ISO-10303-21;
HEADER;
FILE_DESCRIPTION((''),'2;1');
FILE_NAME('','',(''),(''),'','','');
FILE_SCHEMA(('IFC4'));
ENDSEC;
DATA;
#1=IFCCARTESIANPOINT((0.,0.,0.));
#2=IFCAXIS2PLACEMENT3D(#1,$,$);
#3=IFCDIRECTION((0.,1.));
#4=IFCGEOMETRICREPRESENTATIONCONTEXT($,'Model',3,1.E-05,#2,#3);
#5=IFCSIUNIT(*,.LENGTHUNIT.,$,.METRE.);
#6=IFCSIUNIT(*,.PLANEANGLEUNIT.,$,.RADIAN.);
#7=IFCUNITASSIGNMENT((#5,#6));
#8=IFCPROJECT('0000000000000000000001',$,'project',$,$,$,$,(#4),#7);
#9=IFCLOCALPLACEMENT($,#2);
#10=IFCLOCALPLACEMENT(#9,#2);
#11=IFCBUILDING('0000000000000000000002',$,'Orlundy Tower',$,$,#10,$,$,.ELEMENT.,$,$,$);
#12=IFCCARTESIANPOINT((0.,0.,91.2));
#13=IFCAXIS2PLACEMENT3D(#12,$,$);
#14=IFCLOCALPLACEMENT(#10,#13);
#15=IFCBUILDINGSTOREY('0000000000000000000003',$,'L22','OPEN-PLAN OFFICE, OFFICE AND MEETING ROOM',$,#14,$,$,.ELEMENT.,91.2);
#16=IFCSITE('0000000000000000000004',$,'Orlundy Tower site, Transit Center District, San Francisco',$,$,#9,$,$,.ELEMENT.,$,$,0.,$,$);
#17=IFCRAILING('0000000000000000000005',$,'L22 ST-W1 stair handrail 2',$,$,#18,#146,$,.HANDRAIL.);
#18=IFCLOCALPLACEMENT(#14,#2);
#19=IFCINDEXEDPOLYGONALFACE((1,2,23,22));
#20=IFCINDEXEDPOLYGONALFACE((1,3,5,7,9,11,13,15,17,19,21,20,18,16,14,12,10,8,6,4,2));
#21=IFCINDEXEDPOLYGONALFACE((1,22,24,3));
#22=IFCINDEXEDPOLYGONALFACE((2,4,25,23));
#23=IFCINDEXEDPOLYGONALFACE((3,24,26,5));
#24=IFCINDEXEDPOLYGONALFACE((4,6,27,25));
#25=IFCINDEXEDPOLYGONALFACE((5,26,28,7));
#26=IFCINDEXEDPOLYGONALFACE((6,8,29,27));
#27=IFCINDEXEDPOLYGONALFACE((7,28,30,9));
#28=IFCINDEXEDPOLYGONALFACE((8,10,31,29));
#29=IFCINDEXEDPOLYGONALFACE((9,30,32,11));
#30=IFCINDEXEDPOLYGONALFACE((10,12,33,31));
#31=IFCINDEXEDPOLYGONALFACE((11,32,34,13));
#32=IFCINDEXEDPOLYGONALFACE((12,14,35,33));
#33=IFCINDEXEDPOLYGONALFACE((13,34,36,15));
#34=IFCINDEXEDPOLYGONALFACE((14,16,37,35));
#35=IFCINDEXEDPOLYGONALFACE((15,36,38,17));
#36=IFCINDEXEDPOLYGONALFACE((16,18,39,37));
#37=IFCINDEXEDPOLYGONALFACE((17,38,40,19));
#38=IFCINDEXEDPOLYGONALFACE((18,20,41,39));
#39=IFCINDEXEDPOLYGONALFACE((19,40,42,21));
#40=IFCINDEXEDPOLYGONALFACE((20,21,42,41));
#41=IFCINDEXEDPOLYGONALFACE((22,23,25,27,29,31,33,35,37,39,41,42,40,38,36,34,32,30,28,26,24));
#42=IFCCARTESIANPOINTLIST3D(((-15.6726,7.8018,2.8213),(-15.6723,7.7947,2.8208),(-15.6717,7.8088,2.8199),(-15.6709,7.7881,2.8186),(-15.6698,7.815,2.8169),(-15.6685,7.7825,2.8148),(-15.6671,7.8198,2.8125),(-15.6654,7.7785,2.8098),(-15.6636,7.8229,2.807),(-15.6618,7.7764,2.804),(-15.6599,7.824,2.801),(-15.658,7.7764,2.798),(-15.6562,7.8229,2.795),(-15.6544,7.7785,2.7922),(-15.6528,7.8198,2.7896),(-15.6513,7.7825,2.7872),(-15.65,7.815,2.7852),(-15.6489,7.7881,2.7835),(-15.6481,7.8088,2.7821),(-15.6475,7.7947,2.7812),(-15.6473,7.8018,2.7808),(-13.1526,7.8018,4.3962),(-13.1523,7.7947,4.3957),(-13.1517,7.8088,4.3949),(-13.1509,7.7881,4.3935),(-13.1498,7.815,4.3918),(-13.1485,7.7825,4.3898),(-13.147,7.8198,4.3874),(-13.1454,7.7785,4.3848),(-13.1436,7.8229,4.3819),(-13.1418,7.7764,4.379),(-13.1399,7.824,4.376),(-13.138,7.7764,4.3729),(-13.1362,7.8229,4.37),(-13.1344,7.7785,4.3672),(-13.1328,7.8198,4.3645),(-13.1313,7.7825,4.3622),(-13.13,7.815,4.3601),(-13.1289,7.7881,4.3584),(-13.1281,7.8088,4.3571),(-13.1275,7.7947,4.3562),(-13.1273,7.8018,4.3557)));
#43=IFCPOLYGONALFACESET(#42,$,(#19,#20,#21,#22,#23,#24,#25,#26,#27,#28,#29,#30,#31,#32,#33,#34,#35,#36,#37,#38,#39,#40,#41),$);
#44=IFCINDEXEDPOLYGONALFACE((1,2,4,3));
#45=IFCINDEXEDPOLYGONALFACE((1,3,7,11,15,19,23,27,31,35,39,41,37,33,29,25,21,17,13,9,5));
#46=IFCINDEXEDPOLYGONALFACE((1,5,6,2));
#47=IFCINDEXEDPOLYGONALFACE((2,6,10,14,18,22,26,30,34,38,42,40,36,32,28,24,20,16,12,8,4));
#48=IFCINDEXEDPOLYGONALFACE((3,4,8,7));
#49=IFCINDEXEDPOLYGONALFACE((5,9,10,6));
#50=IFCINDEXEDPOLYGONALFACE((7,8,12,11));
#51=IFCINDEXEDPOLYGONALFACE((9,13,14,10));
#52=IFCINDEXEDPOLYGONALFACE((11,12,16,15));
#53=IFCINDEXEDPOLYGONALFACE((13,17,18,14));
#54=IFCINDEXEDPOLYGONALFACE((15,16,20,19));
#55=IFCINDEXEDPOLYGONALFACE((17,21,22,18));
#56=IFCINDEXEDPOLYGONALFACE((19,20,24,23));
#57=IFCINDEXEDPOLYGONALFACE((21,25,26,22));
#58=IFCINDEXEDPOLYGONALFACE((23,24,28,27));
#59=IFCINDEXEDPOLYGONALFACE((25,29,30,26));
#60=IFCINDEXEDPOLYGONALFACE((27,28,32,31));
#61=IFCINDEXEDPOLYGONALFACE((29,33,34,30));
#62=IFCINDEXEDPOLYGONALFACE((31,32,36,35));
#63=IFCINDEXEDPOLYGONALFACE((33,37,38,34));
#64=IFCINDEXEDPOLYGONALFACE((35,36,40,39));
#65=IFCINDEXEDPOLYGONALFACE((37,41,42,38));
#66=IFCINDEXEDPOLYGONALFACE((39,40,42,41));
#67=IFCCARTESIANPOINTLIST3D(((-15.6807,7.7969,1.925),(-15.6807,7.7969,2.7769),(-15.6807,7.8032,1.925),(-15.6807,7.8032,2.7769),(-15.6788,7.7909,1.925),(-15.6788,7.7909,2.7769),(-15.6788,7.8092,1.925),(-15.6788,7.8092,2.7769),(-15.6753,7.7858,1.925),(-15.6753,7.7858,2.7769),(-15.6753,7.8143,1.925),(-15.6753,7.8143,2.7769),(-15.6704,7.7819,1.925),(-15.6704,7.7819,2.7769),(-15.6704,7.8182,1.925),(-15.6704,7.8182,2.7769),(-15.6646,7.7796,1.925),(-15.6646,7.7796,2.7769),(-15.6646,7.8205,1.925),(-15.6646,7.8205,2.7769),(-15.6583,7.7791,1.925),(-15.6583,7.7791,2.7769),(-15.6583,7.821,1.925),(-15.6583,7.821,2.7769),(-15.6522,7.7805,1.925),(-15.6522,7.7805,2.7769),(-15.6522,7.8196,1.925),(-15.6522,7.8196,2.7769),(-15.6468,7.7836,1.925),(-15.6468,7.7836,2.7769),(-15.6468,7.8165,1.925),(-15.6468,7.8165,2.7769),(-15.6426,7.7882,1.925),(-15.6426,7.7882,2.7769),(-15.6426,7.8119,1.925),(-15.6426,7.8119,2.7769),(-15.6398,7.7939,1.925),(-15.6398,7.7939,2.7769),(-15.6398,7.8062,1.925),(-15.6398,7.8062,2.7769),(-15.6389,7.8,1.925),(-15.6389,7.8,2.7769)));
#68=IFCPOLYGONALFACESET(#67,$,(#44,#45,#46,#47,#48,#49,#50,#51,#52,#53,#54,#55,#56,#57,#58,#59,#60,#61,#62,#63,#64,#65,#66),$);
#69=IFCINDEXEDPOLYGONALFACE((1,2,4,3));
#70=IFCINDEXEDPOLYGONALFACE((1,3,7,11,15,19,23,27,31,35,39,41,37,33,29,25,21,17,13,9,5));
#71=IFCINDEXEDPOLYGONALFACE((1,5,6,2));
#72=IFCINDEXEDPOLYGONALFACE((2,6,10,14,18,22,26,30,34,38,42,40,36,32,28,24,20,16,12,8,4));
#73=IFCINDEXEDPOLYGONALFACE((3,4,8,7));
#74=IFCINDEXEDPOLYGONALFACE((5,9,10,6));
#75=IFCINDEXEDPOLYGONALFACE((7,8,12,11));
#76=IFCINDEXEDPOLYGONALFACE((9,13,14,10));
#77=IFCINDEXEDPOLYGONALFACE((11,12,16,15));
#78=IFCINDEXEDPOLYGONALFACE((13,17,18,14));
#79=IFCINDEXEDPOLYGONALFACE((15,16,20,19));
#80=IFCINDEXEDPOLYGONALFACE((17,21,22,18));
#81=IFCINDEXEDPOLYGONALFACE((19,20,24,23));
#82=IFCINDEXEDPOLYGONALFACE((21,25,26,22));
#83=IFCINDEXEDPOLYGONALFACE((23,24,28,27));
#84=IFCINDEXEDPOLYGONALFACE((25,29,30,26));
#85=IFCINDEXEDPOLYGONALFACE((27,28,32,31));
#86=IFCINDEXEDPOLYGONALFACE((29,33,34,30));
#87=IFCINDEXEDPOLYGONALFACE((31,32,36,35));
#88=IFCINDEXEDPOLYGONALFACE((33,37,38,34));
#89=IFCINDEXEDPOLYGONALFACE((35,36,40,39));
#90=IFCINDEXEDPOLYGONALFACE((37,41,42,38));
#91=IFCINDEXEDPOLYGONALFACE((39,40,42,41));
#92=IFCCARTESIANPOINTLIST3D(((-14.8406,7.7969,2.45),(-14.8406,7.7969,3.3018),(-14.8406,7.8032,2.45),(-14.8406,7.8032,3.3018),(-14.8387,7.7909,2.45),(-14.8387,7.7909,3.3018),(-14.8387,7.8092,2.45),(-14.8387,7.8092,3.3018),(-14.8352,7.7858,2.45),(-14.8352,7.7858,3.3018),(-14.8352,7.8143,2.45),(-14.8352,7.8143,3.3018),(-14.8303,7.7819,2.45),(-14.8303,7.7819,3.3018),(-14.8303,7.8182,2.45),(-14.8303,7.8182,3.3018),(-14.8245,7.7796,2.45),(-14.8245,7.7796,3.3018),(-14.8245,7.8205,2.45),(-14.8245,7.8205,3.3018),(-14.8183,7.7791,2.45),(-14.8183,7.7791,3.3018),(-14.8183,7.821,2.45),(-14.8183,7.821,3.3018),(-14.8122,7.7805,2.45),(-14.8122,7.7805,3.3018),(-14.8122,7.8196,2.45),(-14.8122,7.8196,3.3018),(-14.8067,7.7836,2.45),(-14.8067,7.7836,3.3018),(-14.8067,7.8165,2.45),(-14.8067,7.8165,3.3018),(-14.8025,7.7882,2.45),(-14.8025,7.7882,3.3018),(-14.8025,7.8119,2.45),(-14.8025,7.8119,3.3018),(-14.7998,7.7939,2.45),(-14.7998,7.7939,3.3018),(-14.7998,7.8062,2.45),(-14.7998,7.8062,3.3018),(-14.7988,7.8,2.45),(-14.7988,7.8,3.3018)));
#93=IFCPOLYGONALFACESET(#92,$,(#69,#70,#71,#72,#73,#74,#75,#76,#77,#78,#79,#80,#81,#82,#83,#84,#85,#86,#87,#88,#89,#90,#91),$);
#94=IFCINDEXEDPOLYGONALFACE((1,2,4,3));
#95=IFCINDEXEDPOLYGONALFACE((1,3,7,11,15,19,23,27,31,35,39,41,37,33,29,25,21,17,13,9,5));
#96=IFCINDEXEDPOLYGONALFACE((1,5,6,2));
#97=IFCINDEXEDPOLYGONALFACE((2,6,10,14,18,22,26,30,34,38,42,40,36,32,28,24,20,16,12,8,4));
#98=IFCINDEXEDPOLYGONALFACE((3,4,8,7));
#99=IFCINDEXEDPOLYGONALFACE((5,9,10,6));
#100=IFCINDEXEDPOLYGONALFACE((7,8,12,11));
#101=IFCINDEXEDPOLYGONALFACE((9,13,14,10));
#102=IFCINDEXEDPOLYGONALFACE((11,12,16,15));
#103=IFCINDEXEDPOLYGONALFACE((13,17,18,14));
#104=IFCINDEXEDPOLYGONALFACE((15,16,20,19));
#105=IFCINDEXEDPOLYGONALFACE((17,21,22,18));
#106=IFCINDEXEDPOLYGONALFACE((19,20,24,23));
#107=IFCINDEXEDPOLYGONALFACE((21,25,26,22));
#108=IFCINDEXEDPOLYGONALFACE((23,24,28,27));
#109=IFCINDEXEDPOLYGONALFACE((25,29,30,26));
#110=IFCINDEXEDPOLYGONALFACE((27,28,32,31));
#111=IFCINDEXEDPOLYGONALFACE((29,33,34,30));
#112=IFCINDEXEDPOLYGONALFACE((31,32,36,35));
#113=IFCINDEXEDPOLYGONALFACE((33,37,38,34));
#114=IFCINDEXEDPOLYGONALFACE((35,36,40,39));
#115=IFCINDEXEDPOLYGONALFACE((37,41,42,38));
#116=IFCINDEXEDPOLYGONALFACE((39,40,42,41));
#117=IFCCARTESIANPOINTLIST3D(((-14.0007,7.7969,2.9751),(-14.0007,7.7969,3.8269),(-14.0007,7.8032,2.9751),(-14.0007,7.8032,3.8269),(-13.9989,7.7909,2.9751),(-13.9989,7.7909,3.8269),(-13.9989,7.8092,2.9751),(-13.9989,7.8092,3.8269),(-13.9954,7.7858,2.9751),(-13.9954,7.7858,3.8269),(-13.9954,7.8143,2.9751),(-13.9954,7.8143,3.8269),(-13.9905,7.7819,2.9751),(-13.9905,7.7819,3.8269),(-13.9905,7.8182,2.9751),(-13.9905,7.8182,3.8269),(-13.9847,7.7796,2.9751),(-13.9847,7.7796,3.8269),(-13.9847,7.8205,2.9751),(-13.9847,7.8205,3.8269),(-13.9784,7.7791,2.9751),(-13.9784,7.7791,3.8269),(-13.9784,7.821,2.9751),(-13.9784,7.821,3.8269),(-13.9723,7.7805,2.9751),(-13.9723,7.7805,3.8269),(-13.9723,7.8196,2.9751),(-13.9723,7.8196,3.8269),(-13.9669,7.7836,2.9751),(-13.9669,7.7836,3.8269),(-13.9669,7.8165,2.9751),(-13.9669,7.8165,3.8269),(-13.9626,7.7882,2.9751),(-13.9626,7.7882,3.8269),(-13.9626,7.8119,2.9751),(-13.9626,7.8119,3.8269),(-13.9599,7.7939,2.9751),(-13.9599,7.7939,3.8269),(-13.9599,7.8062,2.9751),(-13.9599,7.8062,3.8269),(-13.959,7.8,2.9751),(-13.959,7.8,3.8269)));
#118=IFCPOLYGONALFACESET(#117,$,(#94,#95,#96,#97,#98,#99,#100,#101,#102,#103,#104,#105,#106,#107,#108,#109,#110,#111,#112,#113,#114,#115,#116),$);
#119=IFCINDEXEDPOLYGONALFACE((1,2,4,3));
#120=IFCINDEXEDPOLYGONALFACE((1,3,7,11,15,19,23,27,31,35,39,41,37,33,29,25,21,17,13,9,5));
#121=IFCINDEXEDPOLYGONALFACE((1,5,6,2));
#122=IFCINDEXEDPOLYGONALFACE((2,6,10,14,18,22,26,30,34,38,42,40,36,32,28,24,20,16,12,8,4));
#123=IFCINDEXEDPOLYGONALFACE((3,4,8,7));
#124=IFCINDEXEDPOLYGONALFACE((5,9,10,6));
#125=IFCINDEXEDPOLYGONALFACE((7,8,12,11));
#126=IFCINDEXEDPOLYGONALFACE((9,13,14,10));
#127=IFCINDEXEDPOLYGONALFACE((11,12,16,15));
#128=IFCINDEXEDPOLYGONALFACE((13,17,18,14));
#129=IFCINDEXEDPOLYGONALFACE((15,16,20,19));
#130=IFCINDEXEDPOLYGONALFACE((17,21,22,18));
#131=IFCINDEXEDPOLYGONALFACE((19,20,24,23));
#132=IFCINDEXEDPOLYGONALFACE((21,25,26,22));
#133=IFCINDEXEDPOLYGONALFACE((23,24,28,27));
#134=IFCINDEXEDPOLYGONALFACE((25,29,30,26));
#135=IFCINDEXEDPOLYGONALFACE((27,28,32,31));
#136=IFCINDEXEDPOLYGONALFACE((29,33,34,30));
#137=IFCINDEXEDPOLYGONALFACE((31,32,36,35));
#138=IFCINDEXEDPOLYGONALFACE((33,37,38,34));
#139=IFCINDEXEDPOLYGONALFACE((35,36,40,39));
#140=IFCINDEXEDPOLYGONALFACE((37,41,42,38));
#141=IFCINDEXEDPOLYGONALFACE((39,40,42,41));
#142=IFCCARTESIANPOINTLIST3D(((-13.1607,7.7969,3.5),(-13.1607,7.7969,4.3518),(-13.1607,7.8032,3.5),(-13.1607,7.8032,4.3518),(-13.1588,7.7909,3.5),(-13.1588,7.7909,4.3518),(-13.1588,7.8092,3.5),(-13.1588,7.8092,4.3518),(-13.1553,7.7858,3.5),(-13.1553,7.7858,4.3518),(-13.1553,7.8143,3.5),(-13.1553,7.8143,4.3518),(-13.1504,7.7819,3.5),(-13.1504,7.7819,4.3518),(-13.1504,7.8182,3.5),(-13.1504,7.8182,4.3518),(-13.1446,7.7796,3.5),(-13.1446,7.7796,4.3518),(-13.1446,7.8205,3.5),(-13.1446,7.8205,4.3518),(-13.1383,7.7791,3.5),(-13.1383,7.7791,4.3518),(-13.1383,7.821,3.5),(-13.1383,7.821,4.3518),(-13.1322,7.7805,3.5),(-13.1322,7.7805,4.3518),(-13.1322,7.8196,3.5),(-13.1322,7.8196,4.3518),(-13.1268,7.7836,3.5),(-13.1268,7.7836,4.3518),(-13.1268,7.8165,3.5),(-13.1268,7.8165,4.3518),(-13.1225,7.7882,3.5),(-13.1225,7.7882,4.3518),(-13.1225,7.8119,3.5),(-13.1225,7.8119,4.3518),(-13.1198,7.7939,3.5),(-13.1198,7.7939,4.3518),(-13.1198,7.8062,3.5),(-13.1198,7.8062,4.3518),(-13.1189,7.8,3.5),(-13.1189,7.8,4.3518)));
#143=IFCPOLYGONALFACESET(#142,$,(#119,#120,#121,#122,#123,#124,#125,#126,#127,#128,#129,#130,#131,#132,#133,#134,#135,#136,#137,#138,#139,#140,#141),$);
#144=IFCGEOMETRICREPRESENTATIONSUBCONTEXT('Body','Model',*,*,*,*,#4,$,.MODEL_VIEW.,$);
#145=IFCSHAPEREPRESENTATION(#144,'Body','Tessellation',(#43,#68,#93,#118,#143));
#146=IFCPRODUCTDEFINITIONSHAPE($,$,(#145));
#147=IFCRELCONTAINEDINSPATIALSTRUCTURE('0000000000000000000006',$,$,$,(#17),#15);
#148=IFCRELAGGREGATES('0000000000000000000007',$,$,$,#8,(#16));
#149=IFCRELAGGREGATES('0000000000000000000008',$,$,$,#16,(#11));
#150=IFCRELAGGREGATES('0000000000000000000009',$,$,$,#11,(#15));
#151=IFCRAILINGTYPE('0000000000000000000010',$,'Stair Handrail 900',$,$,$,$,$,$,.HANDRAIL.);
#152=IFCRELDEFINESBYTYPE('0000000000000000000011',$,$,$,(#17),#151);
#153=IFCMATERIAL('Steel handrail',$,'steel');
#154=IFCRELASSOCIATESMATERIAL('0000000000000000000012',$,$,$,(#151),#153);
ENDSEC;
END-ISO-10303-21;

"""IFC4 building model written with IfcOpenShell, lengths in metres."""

from ifc_helpers import new_model, si_unit, direction, frame, origin, origin_2d, place, context, subcontext, project, spatial, circle, extrude, material, type_object, element, save


model = new_model("IFC4")

# Units and contexts
model_context = context("Model", 3, precision=1e-05, world=origin(), true_north=direction((0.0, 1.0)))
body_context = subcontext(model_context, "Body", "Model", "MODEL_VIEW")
ifc_project = project(units=[si_unit("LENGTHUNIT", "METRE"), si_unit("PLANEANGLEUNIT", "RADIAN")], contexts=[model_context])

# Site, building, storey
site_placement = place(None, origin())
site = spatial("IfcSite", under=ifc_project, at=site_placement, Name="Orlundy Tower site, Transit Center District, San Francisco", CompositionType="ELEMENT", RefElevation=0.0)
building_placement = place(site_placement, origin())
building = spatial("IfcBuilding", under=site, at=building_placement, Name="Orlundy Tower", CompositionType="ELEMENT")
storey_placement = place(building_placement, frame((0.0, 0.0, 91.2)))
storey = spatial("IfcBuildingStorey", under=building, at=storey_placement, Name="L22", Description="OPEN-PLAN OFFICE, OFFICE AND MEETING ROOM", CompositionType="ELEMENT", Elevation=91.2)

# Railing
ifc_material_1 = material(Name="Steel handrail", Category="steel")
railing_type_1 = type_object("IfcRailingType", Name="Stair Handrail 900", PredefinedType="HANDRAIL", material=ifc_material_1)
railing_1_placement = place(storey_placement, frame((-15.6599, 7.8, 1.925)))
element("IfcRailing", 1, at=railing_1_placement, inside=storey, type_object=railing_type_1, Name="L22 ST-W1 stair handrail 2", PredefinedType="HANDRAIL", context=body_context, shape_type="SweptSolid", body=[
    extrude(circle(Radius=0.0239, at=origin_2d()), frame((0.0, 0.0, 0.876), z_axis=(0.848008, 0.0, 0.529984), x_axis=(0.0, 1.0, 0.0)), (0.0, 0.0, 1.0), 2.9717),
    extrude(circle(Radius=0.021, at=origin_2d()), origin(), (0.0, 0.0, 1.0), 0.8518),
    extrude(circle(Radius=0.021, at=origin_2d()), frame((0.8401, 0.0, 0.5249)), (0.0, 0.0, 1.0), 0.8518),
    extrude(circle(Radius=0.021, at=origin_2d()), frame((1.6799, 0.0, 1.05)), (0.0, 0.0, 1.0), 0.8518),
    extrude(circle(Radius=0.021, at=origin_2d()), frame((2.52, 0.0, 1.575)), (0.0, 0.0, 1.0), 0.8518),
])

save(model, "model.ifc")
